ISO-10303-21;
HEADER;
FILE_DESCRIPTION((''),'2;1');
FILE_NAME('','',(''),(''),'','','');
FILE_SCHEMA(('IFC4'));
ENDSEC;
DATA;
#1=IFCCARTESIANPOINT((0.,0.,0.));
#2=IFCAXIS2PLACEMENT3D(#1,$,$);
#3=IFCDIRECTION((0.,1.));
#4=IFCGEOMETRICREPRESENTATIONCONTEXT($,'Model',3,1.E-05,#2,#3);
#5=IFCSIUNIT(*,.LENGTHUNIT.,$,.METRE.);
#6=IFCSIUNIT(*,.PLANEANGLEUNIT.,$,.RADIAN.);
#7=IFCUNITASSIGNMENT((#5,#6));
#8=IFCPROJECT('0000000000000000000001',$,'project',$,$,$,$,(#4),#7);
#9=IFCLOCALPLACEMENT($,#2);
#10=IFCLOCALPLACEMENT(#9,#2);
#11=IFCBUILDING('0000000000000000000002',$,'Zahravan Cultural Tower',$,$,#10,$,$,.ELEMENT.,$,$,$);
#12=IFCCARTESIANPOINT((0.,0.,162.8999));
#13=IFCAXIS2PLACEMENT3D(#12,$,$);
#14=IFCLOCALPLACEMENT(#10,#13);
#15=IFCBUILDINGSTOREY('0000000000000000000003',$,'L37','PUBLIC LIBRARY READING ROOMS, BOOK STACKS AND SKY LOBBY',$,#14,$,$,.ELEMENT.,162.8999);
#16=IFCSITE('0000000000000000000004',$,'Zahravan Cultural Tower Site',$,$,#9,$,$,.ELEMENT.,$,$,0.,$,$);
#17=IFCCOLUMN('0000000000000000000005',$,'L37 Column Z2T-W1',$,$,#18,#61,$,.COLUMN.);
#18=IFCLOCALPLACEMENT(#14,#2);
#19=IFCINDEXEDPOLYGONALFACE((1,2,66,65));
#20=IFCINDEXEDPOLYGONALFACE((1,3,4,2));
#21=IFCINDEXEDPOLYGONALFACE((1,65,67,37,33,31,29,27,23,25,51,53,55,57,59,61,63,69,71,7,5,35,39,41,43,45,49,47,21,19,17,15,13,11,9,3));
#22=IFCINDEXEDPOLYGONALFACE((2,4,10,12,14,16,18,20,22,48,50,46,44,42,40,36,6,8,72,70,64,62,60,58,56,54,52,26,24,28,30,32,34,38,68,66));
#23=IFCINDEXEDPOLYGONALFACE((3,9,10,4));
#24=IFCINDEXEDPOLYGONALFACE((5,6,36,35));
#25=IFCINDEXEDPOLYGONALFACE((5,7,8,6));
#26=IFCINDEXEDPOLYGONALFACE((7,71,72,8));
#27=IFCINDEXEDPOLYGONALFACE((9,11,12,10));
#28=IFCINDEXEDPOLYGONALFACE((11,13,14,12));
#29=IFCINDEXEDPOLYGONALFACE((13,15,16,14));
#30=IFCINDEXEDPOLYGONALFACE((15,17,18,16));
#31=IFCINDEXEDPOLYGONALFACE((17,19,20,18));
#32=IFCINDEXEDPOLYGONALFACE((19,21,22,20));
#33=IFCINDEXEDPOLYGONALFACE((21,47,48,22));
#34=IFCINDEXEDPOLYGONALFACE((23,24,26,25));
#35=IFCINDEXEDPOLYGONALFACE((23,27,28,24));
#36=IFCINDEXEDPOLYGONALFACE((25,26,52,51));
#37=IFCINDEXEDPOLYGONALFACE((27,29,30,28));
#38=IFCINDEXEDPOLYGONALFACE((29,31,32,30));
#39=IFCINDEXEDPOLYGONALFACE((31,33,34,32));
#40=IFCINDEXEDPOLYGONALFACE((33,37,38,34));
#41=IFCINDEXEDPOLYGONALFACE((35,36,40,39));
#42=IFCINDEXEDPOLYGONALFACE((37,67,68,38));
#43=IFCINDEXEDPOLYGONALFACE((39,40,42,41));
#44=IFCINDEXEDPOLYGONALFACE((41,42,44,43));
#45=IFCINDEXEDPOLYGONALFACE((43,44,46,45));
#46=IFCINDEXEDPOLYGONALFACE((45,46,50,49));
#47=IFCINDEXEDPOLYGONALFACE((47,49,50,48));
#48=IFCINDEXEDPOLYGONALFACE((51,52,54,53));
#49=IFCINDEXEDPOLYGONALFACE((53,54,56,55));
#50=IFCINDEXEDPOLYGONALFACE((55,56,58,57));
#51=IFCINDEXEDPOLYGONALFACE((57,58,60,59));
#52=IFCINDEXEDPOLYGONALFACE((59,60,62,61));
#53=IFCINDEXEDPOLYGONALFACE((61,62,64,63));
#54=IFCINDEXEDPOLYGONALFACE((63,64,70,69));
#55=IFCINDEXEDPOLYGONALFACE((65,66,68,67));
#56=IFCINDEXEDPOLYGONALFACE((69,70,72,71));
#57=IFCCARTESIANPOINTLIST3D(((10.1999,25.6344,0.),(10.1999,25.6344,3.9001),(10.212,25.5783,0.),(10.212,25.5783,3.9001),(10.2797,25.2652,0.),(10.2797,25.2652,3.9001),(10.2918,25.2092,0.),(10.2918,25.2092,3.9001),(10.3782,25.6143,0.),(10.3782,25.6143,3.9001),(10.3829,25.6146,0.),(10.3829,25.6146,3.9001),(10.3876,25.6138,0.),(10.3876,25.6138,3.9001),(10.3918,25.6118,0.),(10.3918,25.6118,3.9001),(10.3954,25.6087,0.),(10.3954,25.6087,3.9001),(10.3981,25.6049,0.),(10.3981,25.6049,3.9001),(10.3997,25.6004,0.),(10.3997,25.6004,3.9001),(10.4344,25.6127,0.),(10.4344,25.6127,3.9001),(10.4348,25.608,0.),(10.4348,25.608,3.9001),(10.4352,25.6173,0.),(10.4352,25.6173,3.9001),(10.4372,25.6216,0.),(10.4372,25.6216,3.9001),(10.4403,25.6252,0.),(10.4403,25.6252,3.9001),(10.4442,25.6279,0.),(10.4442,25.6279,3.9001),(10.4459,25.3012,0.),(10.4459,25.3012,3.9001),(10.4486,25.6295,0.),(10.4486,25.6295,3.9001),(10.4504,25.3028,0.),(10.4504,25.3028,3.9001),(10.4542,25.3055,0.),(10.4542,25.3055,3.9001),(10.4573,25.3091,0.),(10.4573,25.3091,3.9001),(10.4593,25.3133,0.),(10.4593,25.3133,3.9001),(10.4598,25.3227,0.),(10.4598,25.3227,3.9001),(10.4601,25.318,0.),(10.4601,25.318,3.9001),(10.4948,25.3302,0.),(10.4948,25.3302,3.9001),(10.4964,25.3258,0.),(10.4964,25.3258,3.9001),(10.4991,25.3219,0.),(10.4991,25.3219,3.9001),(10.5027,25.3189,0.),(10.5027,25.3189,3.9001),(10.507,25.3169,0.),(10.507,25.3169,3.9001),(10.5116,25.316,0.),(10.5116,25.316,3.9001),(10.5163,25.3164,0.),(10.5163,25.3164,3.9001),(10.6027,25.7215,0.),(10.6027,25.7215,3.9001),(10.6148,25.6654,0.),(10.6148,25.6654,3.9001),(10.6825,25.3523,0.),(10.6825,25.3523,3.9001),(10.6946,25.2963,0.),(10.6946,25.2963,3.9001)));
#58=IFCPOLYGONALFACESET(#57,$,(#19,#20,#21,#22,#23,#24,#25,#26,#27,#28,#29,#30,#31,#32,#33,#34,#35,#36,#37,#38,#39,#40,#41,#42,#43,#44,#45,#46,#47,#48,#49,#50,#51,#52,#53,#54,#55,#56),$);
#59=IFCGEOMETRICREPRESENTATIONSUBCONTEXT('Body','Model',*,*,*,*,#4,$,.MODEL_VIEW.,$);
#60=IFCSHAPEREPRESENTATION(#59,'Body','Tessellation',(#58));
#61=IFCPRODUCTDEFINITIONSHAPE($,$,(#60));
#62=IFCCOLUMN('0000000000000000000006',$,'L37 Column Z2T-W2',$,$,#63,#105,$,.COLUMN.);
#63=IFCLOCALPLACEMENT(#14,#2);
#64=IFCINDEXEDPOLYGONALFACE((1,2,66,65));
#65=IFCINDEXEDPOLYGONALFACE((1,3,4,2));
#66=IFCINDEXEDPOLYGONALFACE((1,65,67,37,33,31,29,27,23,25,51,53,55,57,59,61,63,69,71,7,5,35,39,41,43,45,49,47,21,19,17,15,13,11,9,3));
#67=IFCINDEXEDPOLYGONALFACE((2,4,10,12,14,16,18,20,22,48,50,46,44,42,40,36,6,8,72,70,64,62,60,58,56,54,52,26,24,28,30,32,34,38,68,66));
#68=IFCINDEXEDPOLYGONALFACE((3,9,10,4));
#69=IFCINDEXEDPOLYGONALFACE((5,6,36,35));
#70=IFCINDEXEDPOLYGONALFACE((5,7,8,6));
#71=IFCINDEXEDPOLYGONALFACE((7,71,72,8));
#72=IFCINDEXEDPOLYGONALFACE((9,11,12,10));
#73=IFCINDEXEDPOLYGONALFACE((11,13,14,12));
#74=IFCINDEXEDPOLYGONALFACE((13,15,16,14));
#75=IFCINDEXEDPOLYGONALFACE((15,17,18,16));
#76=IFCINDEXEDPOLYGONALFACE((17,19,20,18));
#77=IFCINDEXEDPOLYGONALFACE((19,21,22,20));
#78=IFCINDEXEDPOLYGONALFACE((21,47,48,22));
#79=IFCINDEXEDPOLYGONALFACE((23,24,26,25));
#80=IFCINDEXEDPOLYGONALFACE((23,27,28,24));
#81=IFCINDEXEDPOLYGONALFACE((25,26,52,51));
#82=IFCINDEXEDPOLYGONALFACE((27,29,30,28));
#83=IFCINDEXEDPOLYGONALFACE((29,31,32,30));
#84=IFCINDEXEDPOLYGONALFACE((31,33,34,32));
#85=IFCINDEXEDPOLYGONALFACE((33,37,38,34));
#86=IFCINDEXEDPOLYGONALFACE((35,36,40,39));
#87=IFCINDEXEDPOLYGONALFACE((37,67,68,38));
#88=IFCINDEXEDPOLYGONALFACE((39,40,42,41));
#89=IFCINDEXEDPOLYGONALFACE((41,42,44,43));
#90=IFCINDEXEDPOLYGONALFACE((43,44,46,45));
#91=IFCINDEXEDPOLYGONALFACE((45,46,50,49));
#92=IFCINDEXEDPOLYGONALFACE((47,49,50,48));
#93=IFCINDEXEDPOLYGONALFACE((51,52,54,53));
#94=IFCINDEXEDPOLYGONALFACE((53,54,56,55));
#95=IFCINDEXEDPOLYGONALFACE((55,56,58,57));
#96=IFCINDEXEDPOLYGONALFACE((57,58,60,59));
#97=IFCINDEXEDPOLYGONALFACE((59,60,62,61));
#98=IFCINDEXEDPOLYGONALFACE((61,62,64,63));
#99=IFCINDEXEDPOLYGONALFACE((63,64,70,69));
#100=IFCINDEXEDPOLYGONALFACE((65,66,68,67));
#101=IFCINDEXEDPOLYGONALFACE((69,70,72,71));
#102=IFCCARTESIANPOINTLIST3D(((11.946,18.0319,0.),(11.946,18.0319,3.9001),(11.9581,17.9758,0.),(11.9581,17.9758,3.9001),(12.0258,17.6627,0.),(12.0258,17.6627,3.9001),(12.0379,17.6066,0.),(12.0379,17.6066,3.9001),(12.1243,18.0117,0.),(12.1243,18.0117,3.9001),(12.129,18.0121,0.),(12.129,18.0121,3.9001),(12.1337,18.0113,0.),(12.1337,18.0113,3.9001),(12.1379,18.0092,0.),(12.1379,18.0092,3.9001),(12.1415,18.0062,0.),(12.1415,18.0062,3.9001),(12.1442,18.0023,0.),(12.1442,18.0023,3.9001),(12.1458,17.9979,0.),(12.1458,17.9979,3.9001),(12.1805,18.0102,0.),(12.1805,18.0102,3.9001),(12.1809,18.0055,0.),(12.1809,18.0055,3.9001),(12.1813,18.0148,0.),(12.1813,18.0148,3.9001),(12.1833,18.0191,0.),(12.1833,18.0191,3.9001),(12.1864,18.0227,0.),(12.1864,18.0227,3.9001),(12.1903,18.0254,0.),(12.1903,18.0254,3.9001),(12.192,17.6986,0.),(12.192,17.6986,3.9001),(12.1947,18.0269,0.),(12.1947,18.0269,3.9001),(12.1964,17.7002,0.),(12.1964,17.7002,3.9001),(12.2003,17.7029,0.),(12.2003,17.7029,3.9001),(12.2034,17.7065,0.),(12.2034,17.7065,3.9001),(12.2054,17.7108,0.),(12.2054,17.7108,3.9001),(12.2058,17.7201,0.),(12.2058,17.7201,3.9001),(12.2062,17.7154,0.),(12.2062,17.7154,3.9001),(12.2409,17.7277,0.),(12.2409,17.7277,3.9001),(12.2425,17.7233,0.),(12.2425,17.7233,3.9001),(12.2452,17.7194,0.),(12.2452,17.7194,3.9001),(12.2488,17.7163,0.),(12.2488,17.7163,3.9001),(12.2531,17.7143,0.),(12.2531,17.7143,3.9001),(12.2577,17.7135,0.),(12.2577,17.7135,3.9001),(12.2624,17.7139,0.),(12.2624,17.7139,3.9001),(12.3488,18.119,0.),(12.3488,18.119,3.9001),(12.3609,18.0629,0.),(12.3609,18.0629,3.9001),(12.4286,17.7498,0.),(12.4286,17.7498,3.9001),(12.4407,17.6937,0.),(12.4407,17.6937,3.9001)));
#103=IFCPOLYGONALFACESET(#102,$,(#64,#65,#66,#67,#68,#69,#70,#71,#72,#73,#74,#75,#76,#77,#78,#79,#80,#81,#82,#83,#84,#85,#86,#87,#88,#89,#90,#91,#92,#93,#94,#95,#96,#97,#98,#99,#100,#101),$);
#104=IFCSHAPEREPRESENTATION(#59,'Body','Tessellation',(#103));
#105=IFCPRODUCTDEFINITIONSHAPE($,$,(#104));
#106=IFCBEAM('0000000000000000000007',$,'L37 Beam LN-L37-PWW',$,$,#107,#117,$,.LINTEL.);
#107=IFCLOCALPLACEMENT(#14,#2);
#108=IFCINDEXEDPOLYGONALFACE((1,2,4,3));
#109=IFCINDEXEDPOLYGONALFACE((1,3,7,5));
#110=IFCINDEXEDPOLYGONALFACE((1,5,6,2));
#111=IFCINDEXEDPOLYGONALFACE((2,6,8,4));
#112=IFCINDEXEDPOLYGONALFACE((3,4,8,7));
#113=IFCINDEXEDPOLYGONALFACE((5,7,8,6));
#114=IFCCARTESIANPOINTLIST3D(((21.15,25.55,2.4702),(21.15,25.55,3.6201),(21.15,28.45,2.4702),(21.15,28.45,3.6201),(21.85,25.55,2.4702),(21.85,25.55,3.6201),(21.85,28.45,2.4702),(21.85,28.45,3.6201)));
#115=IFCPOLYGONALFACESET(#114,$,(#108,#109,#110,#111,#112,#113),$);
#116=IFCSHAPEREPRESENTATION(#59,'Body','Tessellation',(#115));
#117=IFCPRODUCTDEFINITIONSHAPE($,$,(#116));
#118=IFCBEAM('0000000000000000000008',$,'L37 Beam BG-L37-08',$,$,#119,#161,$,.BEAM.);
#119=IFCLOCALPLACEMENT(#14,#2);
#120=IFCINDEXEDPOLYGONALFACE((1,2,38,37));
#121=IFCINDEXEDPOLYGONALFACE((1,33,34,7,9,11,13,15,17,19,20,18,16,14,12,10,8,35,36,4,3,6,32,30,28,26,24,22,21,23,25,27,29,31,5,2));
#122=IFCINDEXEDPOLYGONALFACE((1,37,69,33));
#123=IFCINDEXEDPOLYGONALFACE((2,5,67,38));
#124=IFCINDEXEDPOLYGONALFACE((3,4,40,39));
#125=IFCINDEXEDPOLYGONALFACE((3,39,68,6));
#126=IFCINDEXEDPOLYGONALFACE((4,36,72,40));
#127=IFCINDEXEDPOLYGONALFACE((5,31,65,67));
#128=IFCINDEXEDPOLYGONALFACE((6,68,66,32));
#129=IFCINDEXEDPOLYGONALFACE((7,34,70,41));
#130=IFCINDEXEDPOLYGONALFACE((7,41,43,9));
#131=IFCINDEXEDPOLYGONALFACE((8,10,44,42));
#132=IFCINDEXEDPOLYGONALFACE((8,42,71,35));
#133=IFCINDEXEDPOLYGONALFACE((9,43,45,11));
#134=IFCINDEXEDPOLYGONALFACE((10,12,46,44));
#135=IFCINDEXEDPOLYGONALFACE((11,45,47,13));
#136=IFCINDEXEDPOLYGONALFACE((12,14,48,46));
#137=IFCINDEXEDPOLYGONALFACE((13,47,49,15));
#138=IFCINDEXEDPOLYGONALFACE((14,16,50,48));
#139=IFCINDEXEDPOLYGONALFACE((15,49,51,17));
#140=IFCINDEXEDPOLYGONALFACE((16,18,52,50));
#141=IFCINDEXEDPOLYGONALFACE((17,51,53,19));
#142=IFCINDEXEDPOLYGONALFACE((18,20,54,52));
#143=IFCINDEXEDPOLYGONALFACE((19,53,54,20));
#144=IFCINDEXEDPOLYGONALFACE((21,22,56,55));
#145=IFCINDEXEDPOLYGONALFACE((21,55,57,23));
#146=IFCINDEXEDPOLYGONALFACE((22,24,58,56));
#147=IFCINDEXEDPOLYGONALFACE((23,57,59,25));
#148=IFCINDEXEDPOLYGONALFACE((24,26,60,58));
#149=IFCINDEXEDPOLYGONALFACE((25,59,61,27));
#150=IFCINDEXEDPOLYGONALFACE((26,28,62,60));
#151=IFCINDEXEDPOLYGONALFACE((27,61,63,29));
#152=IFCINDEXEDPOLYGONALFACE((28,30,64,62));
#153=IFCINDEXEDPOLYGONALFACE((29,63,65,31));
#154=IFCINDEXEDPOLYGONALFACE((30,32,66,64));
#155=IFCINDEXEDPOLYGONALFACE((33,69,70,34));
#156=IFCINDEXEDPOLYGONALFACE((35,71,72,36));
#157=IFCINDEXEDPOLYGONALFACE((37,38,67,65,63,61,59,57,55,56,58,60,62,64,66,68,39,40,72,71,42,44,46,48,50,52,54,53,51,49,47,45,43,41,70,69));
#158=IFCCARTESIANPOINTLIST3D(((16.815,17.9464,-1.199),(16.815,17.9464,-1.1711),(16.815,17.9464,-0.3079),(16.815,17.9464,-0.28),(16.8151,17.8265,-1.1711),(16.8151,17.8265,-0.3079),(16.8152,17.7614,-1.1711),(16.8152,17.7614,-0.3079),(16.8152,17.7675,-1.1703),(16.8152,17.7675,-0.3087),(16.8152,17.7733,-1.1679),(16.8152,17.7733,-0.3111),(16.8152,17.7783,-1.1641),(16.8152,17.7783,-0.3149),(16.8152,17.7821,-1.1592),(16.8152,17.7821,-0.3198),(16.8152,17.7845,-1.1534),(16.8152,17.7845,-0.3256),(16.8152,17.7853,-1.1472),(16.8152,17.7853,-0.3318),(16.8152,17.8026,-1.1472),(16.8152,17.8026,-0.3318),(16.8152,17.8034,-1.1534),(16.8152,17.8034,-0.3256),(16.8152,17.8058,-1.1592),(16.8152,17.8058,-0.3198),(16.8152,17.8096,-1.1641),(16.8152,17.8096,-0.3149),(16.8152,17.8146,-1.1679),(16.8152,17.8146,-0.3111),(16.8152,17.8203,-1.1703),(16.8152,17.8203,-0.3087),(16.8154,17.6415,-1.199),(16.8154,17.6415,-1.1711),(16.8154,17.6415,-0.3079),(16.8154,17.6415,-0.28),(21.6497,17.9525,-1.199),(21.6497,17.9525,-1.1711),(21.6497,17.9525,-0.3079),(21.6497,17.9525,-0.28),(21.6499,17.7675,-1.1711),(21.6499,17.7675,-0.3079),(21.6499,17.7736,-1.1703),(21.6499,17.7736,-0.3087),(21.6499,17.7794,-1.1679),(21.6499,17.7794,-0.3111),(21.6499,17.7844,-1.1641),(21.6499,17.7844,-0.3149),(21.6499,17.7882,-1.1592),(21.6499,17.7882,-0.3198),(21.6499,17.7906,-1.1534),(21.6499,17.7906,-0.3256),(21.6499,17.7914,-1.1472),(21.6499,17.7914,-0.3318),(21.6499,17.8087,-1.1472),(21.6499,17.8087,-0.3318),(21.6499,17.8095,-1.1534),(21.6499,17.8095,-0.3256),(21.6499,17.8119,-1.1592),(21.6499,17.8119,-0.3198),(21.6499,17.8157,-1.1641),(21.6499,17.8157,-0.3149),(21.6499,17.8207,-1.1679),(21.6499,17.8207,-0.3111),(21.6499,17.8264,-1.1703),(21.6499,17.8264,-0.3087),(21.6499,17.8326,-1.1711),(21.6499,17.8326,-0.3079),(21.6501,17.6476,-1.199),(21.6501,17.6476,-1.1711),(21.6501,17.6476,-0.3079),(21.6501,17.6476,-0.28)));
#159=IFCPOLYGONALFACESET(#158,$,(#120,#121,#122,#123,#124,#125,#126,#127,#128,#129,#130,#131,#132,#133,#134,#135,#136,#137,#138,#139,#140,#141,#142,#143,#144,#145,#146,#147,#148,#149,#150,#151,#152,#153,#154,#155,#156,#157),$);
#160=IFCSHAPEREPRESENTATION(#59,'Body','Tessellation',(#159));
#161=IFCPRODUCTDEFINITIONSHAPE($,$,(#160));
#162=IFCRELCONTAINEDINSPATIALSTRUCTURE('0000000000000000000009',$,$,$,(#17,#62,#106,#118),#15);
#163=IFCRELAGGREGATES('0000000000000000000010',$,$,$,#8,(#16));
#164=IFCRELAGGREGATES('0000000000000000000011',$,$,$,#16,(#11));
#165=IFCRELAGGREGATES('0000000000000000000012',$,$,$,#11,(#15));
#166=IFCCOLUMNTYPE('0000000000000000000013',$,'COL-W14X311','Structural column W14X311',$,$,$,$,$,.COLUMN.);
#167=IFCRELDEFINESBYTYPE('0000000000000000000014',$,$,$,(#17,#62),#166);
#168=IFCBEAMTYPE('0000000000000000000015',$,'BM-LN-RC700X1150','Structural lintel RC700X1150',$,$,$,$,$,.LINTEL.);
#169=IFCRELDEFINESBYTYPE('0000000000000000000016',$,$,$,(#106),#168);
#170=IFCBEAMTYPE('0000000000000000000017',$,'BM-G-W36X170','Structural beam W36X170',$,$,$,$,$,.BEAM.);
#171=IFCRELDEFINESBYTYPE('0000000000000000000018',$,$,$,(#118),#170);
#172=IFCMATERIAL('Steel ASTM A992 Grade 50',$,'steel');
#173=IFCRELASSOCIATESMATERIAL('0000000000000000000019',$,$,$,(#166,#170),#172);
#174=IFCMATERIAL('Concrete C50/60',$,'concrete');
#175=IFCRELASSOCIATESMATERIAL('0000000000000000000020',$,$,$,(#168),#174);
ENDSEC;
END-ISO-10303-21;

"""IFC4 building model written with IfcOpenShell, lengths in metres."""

from ifc_helpers import new_model, si_unit, direction, frame, origin, origin_2d, place, context, subcontext, project, spatial, rectangle, i_section, extrude, source, transform, mapped, material, material_profile, profile_set, type_object, element, save


model = new_model("IFC4")

# Units and contexts
model_context = context("Model", 3, precision=1e-05, world=origin(), true_north=direction((0.0, 1.0)))
body_context = subcontext(model_context, "Body", "Model", "MODEL_VIEW")
ifc_project = project(units=[si_unit("LENGTHUNIT", "METRE"), si_unit("PLANEANGLEUNIT", "RADIAN")], contexts=[model_context])

# Site, building, storey
site_placement = place(None, origin())
site = spatial("IfcSite", under=ifc_project, at=site_placement, Name="Zahravan Cultural Tower Site", CompositionType="ELEMENT", RefElevation=0.0)
building_placement = place(site_placement, origin())
building = spatial("IfcBuilding", under=site, at=building_placement, Name="Zahravan Cultural Tower", CompositionType="ELEMENT")
storey_placement = place(building_placement, frame((0.0, 0.0, 162.8999)))
storey = spatial("IfcBuildingStorey", under=building, at=storey_placement, Name="L37", Description="PUBLIC LIBRARY READING ROOMS, BOOK STACKS AND SKY LOBBY", CompositionType="ELEMENT", Elevation=162.8999)

# Columns
ifc_material_1 = material(Name="Steel ASTM A992 Grade 50", Category="steel")
ifc_material_profile_1 = material_profile(ifc_material_1, i_section(OverallWidth=0.4121, OverallDepth=0.4351, WebThickness=0.0359, FlangeThickness=0.0574, FilletRadius=0.0181, at=origin_2d()), Name="W14X311")
ifc_profile_set_1 = profile_set([ifc_material_profile_1], Name="Steel ASTM A992 Grade 50")
column_type = type_object("IfcColumnType", Name="COL-W14X311", Description="Structural column W14X311", PredefinedType="COLUMN", material=ifc_profile_set_1)
shared_shape_1 = source(origin(), body_context, "Body", "SweptSolid", [
    extrude(i_section(OverallWidth=0.4121, OverallDepth=0.4351, WebThickness=0.0359, FlangeThickness=0.0574, FilletRadius=0.0181, at=origin_2d()), origin(), (0.0, 0.0, 1.0), 3.9001),
])
for number, where, z_axis, x_axis, name in (
    (1, (10.4473, 25.4653, 0.0), (0.0, 0.0, 1.0), (0.977416, 0.211325, 0.0), "L37 Column Z2T-W1"),
    (2, (12.1934, 17.8628, 0.0), (0.0, 0.0, 1.0), (0.977416, 0.211325, 0.0), "L37 Column Z2T-W2"),
):
    element("IfcColumn", number, at=place(storey_placement, frame(where, z_axis=z_axis, x_axis=x_axis)), inside=storey, type_object=column_type, Name=name, PredefinedType="COLUMN", context=body_context, shape_type="MappedRepresentation", body=[
        mapped(shared_shape_1, transform((0.0, 0.0, 0.0), x_axis=(1.0, 0.0, 0.0), y_axis=(0.0, 1.0, 0.0), z_axis=(0.0, 0.0, 1.0), scale=1.0)),
    ])

# Beams
ifc_material_2 = material(Name="Concrete C50/60", Category="concrete")
ifc_material_profile_2 = material_profile(ifc_material_2, rectangle(XDim=0.7, YDim=1.1499, at=origin_2d()), Name="RC700X1150")
ifc_profile_set_2 = profile_set([ifc_material_profile_2], Name="Concrete C50/60")
beam_type_1 = type_object("IfcBeamType", Name="BM-LN-RC700X1150", Description="Structural lintel RC700X1150", PredefinedType="LINTEL", material=ifc_profile_set_2)
shared_shape_2 = source(origin(), body_context, "Body", "SweptSolid", [
    extrude(rectangle(XDim=0.7, YDim=1.1499, at=origin_2d()), origin(), (0.0, 0.0, 1.0), 2.8999),
])
beam_1_placement = place(storey_placement, frame((21.5, 25.55, 3.0452), z_axis=(0.0, 1.0, 0.0), x_axis=(-1.0, 0.0, 0.0)))
element("IfcBeam", 3, at=beam_1_placement, inside=storey, type_object=beam_type_1, Name="L37 Beam LN-L37-PWW", PredefinedType="LINTEL", context=body_context, shape_type="MappedRepresentation", body=[
    mapped(shared_shape_2, transform((0.0, 0.0, 0.0), x_axis=(1.0, 0.0, 0.0), y_axis=(0.0, 1.0, 0.0), z_axis=(0.0, 0.0, 1.0), scale=1.0)),
])
ifc_material_profile_3 = material_profile(ifc_material_1, i_section(OverallWidth=0.3049, OverallDepth=0.9189, WebThickness=0.0173, FlangeThickness=0.0278, FilletRadius=0.0239, at=origin_2d()), Name="W36X170")
ifc_profile_set_3 = profile_set([ifc_material_profile_3], Name="Steel ASTM A992 Grade 50")
beam_type_2 = type_object("IfcBeamType", Name="BM-G-W36X170", Description="Structural beam W36X170", PredefinedType="BEAM", material=ifc_profile_set_3)
shared_shape_3 = source(origin(), body_context, "Body", "SweptSolid", [
    extrude(i_section(OverallWidth=0.3049, OverallDepth=0.9189, WebThickness=0.0173, FlangeThickness=0.0278, FilletRadius=0.0239, at=origin_2d()), origin(), (0.0, 0.0, 1.0), 4.8347),
])
beam_2_placement = place(storey_placement, frame((21.6499, 17.8, -0.7395), z_axis=(-0.999999, -0.001262, 0.0), x_axis=(0.001262, -0.999999, 0.0)))
element("IfcBeam", 4, at=beam_2_placement, inside=storey, type_object=beam_type_2, Name="L37 Beam BG-L37-08", PredefinedType="BEAM", context=body_context, shape_type="MappedRepresentation", body=[
    mapped(shared_shape_3, transform((0.0, 0.0, 0.0), x_axis=(1.0, 0.0, 0.0), y_axis=(0.0, 1.0, 0.0), z_axis=(0.0, 0.0, 1.0), scale=1.0)),
])

save(model, "model.ifc")
